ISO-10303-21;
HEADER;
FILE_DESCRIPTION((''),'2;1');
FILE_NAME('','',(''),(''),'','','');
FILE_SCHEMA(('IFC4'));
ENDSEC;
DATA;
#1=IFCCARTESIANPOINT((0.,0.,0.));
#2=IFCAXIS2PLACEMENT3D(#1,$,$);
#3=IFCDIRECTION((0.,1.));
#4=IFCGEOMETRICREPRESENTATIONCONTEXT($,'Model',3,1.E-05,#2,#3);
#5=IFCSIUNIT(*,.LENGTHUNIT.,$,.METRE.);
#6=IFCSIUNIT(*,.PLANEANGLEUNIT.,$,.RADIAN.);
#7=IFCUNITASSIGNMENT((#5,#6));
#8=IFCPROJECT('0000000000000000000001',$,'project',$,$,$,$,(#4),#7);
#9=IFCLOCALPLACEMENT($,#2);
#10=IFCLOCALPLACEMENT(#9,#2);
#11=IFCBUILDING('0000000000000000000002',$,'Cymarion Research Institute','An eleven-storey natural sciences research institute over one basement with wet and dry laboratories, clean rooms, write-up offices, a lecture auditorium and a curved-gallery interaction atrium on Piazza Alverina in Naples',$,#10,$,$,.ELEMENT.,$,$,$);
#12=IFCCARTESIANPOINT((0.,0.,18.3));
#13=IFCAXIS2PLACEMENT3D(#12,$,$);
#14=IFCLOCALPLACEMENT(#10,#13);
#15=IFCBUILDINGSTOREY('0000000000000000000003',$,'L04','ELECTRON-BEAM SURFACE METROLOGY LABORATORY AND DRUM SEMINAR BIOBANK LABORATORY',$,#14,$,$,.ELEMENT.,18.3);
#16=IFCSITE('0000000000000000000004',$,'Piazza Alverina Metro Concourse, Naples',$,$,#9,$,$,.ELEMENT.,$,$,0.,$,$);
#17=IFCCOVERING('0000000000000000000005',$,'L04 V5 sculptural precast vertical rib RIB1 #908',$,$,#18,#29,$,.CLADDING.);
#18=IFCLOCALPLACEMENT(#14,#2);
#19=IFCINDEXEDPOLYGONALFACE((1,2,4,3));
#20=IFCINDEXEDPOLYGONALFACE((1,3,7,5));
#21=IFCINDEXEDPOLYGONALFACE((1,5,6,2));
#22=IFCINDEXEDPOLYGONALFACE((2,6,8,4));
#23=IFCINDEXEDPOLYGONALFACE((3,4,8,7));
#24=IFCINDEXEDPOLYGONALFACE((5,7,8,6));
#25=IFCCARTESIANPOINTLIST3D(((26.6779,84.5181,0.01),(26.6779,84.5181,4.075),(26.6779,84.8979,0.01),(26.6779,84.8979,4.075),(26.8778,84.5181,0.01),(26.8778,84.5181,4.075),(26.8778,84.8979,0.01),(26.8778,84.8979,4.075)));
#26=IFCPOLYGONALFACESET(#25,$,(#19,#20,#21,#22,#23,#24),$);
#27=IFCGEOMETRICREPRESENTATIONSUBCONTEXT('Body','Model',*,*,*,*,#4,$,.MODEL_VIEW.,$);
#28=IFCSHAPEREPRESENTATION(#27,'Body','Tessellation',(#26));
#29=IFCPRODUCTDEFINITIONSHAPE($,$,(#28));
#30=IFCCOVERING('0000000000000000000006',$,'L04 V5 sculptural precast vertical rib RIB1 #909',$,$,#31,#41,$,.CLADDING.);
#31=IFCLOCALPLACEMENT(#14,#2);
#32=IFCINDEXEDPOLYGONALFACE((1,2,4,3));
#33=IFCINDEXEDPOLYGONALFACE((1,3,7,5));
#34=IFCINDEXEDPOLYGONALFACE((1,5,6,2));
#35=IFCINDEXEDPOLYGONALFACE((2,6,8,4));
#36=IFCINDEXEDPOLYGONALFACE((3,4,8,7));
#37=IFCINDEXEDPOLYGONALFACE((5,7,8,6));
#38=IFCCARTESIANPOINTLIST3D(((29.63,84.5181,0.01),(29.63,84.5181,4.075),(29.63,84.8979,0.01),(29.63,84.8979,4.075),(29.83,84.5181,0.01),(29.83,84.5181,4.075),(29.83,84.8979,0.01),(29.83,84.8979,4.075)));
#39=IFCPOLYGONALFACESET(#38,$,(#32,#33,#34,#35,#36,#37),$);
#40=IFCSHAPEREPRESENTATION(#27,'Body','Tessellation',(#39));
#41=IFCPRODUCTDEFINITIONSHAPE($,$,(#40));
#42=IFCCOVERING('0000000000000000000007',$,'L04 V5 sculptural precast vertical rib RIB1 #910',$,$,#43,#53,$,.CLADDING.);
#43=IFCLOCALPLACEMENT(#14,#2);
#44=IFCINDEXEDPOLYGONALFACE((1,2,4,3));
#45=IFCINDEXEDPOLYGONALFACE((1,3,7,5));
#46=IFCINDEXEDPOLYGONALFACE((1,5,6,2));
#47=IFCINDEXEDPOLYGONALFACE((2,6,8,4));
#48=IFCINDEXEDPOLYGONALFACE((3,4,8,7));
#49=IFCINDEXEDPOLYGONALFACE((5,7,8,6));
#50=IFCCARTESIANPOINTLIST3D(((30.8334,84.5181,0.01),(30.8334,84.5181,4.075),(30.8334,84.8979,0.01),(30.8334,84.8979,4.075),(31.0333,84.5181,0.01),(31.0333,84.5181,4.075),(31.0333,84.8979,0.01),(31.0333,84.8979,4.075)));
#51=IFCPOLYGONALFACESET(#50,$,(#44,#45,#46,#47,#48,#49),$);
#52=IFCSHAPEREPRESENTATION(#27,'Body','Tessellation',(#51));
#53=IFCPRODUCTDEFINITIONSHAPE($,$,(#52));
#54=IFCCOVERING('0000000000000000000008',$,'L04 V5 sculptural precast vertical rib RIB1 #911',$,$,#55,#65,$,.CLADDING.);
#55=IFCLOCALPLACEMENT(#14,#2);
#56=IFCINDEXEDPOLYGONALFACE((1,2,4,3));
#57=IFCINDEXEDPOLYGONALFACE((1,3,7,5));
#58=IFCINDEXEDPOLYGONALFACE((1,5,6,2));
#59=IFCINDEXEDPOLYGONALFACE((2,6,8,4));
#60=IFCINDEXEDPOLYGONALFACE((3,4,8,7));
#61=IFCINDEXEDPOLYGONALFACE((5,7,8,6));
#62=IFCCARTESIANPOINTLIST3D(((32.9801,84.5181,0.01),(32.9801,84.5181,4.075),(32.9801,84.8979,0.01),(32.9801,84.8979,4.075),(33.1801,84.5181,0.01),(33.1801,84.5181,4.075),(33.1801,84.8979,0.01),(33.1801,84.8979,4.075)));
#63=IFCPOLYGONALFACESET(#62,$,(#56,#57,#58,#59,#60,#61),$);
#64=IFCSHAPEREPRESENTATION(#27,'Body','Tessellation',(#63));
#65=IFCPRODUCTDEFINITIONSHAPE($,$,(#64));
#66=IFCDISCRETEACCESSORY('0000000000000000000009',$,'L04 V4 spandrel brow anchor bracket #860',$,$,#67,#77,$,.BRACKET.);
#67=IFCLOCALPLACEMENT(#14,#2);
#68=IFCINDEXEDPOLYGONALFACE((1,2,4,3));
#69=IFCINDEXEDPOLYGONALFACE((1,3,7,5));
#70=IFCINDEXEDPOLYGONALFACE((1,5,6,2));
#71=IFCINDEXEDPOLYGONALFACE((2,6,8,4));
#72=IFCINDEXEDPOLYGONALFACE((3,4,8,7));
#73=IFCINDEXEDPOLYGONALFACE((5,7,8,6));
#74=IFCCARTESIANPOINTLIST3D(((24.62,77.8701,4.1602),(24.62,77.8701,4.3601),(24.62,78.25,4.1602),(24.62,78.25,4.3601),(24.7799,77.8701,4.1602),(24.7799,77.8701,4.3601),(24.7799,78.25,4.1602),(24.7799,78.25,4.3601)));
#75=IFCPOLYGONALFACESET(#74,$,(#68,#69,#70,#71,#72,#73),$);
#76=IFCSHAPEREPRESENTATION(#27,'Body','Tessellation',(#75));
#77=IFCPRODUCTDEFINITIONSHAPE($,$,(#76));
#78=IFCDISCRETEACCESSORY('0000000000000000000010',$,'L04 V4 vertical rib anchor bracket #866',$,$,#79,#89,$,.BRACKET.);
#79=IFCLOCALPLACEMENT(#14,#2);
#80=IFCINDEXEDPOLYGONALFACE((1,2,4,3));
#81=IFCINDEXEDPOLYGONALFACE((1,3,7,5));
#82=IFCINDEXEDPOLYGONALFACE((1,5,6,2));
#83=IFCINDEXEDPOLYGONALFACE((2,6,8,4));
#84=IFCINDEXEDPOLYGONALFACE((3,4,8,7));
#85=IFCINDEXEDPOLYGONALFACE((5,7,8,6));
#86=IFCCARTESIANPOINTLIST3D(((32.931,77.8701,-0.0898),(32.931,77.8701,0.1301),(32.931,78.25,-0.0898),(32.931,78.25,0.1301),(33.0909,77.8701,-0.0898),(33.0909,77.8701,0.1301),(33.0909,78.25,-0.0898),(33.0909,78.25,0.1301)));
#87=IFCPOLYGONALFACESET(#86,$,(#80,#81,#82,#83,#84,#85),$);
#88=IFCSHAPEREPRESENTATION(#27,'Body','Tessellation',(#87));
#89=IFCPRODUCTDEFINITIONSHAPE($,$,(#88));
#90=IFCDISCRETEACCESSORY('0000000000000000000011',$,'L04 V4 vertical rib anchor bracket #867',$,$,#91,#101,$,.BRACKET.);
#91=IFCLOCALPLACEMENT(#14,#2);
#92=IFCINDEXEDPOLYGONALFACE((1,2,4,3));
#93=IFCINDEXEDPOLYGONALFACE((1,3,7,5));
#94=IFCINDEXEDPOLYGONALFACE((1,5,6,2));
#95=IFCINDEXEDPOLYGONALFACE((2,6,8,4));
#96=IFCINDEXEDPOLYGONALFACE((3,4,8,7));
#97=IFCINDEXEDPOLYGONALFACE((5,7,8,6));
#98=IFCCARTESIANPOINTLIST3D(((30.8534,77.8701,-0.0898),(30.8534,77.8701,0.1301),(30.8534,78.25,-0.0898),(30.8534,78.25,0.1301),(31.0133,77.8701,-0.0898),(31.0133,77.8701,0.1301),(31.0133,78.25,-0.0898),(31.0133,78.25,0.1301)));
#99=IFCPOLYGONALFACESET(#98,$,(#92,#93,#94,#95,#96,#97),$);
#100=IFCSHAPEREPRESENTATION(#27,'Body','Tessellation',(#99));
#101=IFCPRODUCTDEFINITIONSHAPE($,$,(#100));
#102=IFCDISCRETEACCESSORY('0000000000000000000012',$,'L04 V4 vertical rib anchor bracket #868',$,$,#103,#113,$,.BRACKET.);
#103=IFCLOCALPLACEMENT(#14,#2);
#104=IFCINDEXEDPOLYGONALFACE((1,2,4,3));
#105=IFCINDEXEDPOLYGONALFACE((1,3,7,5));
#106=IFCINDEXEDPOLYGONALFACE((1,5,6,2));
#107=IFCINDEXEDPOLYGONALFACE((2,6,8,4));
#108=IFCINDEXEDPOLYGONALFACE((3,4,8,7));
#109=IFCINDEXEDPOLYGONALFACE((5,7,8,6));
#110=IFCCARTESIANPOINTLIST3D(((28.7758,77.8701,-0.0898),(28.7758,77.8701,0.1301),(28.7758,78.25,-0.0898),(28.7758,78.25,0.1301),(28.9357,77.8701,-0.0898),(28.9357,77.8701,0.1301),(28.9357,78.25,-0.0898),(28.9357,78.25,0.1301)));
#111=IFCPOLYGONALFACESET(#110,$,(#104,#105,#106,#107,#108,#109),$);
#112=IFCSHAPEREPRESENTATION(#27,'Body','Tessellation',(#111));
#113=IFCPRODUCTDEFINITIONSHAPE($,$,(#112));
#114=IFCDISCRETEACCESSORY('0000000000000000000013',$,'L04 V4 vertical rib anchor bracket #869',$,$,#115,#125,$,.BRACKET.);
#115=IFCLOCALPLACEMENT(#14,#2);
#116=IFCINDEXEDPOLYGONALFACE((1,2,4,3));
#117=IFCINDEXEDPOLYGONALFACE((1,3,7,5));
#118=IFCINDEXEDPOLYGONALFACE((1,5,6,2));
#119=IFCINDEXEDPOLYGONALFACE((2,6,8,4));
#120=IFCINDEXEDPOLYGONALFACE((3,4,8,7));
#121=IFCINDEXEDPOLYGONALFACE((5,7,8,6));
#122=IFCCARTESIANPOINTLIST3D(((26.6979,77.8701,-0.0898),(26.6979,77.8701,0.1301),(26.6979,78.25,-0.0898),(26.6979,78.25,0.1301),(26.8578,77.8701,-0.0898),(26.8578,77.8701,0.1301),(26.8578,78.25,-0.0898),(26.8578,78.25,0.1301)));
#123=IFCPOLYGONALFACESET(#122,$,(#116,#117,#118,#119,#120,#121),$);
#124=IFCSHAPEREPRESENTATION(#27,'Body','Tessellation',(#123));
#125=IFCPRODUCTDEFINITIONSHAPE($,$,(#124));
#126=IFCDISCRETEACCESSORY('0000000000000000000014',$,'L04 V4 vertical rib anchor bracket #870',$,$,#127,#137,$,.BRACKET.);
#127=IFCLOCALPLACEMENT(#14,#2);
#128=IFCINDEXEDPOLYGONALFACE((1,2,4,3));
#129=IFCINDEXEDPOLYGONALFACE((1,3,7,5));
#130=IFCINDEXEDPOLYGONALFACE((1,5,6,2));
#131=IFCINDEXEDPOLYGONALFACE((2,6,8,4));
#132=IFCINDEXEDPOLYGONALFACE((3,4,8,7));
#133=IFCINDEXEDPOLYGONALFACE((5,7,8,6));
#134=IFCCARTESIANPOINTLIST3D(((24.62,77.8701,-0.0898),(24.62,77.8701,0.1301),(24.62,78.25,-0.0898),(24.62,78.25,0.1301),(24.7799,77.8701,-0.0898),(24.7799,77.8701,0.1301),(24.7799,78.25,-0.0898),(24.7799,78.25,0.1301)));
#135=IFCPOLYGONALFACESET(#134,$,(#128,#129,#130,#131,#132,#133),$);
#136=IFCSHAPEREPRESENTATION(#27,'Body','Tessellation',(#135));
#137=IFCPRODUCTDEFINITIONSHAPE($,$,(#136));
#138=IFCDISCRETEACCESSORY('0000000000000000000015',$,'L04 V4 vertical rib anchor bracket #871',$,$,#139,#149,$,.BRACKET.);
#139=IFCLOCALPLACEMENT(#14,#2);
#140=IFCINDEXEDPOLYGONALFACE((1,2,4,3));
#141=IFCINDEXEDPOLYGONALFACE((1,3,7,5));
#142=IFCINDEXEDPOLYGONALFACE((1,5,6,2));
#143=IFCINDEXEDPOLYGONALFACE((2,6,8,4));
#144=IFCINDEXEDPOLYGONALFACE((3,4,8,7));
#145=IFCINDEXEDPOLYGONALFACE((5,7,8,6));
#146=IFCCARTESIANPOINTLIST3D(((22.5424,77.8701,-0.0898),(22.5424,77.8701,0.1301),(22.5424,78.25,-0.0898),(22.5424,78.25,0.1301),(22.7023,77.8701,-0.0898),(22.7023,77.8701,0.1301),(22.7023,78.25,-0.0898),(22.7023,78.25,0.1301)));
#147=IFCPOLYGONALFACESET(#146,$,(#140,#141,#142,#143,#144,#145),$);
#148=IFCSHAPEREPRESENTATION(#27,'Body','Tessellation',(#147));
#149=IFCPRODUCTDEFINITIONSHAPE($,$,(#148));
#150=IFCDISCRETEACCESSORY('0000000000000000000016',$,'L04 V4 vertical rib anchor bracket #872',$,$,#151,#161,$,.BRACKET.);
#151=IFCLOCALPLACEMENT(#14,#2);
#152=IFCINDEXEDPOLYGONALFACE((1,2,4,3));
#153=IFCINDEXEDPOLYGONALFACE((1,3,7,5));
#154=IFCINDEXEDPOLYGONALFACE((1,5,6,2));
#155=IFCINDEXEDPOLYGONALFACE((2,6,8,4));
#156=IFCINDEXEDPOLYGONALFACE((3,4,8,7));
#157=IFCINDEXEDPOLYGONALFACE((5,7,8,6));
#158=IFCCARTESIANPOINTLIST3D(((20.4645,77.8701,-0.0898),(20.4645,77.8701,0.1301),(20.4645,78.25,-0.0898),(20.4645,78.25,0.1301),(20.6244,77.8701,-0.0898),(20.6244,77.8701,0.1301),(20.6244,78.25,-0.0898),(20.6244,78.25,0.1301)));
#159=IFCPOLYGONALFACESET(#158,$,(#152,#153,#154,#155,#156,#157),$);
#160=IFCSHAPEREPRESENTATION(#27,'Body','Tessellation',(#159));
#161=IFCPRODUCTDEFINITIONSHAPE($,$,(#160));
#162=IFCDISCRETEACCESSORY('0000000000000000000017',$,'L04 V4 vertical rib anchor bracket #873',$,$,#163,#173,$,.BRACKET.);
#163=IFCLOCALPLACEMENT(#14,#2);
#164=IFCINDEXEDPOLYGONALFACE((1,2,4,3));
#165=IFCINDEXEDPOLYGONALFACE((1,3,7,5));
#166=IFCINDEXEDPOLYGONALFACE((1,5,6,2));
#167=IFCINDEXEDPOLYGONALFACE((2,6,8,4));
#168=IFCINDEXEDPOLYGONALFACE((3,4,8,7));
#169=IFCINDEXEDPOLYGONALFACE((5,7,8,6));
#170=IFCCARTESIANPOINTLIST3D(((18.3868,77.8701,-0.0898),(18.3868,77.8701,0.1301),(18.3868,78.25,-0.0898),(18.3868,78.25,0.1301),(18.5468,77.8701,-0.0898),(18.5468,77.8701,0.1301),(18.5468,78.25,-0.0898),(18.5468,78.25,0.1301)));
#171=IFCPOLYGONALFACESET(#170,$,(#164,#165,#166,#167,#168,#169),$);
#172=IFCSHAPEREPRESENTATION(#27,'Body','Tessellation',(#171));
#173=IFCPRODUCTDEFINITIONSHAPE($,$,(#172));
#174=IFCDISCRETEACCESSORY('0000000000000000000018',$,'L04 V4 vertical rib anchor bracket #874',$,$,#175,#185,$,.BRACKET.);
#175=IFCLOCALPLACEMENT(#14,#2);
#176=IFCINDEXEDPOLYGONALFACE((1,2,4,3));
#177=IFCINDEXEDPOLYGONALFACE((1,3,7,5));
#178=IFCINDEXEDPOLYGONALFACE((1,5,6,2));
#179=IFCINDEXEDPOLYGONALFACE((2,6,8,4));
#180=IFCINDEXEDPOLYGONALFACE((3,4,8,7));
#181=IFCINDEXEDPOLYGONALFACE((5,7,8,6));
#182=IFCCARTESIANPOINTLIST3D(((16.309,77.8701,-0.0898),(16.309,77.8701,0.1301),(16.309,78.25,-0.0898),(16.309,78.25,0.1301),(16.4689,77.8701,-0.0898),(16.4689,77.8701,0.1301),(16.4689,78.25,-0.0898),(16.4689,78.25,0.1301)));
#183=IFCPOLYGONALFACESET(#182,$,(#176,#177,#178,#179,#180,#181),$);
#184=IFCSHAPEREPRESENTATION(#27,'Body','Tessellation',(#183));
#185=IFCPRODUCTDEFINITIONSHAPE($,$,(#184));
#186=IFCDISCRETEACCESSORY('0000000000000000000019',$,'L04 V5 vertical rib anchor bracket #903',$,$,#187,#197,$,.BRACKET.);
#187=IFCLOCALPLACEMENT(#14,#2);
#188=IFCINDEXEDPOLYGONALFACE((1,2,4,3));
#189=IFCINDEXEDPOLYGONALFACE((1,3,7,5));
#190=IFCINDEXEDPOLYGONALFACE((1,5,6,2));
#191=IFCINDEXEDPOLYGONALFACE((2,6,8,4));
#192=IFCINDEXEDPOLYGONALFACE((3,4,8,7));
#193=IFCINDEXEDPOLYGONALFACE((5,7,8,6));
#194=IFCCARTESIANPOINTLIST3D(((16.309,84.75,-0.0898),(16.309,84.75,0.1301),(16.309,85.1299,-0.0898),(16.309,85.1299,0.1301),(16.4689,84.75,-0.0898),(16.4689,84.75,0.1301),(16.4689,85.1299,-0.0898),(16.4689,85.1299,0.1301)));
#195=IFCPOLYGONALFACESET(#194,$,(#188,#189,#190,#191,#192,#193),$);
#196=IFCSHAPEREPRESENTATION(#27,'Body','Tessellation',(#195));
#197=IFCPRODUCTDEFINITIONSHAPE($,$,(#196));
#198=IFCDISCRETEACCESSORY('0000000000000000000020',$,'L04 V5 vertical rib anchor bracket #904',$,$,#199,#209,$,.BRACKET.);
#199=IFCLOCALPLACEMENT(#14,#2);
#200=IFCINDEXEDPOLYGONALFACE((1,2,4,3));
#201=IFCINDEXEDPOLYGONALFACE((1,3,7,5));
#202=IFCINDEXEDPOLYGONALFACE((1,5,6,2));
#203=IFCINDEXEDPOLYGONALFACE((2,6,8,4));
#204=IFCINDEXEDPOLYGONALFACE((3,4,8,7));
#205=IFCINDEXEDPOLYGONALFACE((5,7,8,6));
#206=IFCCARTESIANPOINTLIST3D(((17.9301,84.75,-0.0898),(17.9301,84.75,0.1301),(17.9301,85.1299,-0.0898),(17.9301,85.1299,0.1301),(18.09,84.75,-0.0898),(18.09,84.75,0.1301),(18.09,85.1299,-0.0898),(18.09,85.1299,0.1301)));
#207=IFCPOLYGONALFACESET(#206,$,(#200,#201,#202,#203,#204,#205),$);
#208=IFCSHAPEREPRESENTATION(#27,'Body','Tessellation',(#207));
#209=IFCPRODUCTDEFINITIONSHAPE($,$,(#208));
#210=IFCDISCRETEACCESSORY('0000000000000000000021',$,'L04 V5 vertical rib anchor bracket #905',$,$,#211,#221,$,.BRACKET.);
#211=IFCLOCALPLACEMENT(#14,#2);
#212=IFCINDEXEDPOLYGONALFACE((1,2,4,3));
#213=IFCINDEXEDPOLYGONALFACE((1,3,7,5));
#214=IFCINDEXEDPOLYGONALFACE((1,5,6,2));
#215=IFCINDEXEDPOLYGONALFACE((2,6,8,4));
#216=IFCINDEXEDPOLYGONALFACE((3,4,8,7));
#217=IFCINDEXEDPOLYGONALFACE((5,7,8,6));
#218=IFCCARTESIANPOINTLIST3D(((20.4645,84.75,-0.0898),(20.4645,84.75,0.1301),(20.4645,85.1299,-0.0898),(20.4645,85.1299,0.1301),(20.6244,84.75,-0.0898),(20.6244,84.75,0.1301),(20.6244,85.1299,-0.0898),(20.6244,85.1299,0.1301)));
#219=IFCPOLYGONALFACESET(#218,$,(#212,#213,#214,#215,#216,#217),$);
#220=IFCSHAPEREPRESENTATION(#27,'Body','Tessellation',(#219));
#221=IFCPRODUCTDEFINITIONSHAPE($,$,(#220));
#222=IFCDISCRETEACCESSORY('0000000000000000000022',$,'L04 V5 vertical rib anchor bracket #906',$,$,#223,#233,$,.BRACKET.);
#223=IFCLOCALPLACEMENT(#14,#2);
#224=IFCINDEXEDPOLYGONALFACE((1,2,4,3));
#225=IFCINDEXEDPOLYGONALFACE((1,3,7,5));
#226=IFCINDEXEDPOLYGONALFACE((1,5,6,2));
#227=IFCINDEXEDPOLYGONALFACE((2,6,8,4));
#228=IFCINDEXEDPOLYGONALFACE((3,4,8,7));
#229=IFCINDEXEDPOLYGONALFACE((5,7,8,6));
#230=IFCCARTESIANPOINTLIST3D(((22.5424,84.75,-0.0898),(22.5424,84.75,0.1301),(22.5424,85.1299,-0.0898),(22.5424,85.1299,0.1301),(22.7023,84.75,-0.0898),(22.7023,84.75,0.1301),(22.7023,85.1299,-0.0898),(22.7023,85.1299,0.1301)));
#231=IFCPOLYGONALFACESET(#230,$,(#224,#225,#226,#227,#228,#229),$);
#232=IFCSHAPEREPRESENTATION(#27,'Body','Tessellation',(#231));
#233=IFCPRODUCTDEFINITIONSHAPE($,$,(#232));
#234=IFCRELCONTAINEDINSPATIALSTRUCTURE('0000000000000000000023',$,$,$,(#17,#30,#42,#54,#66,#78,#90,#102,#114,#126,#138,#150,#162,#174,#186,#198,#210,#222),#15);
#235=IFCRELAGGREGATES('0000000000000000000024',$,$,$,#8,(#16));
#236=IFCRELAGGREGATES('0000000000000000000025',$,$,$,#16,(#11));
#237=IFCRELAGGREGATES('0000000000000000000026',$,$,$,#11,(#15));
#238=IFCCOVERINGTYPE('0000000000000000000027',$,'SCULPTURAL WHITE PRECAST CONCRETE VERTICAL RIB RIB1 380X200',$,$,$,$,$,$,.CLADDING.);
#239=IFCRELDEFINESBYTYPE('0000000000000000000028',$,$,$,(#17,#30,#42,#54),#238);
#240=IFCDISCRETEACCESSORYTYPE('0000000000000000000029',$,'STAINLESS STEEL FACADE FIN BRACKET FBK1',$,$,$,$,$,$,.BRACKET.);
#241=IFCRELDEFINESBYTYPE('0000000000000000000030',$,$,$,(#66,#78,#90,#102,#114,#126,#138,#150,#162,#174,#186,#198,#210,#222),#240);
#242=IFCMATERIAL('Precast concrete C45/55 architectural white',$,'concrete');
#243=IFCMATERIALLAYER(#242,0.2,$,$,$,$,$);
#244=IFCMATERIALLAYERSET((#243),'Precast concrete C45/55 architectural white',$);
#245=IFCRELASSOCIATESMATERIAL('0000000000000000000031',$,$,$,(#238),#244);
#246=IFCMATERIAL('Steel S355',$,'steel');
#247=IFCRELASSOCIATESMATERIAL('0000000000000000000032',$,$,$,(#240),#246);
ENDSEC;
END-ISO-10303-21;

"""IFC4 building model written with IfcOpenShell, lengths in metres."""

from ifc_helpers import new_model, si_unit, direction, frame, origin, origin_2d, place, context, subcontext, project, spatial, rectangle, extrude, material, layer, layer_set, type_object, element, save


model = new_model("IFC4")

# Units and contexts
model_context = context("Model", 3, precision=1e-05, world=origin(), true_north=direction((0.0, 1.0)))
body_context = subcontext(model_context, "Body", "Model", "MODEL_VIEW")
ifc_project = project(units=[si_unit("LENGTHUNIT", "METRE"), si_unit("PLANEANGLEUNIT", "RADIAN")], contexts=[model_context])

# Site, building, storey
site_placement = place(None, origin())
site = spatial("IfcSite", under=ifc_project, at=site_placement, Name="Piazza Alverina Metro Concourse, Naples", CompositionType="ELEMENT", RefElevation=0.0)
building_placement = place(site_placement, origin())
building = spatial("IfcBuilding", under=site, at=building_placement, Name="Cymarion Research Institute", Description="An eleven-storey natural sciences research institute over one basement with wet and dry laboratories, clean rooms, write-up offices, a lecture auditorium and a curved-gallery interaction atrium on Piazza Alverina in Naples", CompositionType="ELEMENT")
storey_placement = place(building_placement, frame((0.0, 0.0, 18.3)))
storey = spatial("IfcBuildingStorey", under=building, at=storey_placement, Name="L04", Description="ELECTRON-BEAM SURFACE METROLOGY LABORATORY AND DRUM SEMINAR BIOBANK LABORATORY", CompositionType="ELEMENT", Elevation=18.3)

# Coverings
ifc_material_1 = material(Name="Precast concrete C45/55 architectural white", Category="concrete")
ifc_layer_1 = layer(ifc_material_1, 0.2)
ifc_layer_set_1 = layer_set([ifc_layer_1], Name="Precast concrete C45/55 architectural white")
covering_type_1 = type_object("IfcCoveringType", Name="SCULPTURAL WHITE PRECAST CONCRETE VERTICAL RIB RIB1 380X200", PredefinedType="CLADDING", material=ifc_layer_set_1)
for number, where, z_axis, x_axis, name in (
    (1, (26.7778, 84.708, 0.01), (0.0, 0.0, 1.0), (0.0, -1.0, 0.0), "L04 V5 sculptural precast vertical rib RIB1 #908"),
    (2, (29.73, 84.708, 0.01), (0.0, 0.0, 1.0), (0.0, -1.0, 0.0), "L04 V5 sculptural precast vertical rib RIB1 #909"),
    (3, (30.9333, 84.708, 0.01), (0.0, 0.0, 1.0), (0.0, -1.0, 0.0), "L04 V5 sculptural precast vertical rib RIB1 #910"),
    (4, (33.0801, 84.708, 0.01), (0.0, 0.0, 1.0), (0.0, -1.0, 0.0), "L04 V5 sculptural precast vertical rib RIB1 #911"),
):
    element("IfcCovering", number, at=place(storey_placement, frame(where, z_axis=z_axis, x_axis=x_axis)), inside=storey, type_object=covering_type_1, Name=name, PredefinedType="CLADDING", context=body_context, shape_type="SweptSolid", body=[
        extrude(rectangle(XDim=0.3799, YDim=0.2, at=origin_2d()), origin(), (0.0, 0.0, 1.0), 4.0649),
    ])

# Discrete accessories
ifc_material_2 = material(Name="Steel S355", Category="steel")
discrete_accessory_type = type_object("IfcDiscreteAccessoryType", Name="STAINLESS STEEL FACADE FIN BRACKET FBK1", PredefinedType="BRACKET", material=ifc_material_2)
discrete_accessory_placement = place(storey_placement, frame((24.7, 78.0601, 4.1602), z_axis=(0.0, 0.0, 1.0), x_axis=(0.0, 1.0, 0.0)))
element("IfcDiscreteAccessory", 5, at=discrete_accessory_placement, inside=storey, type_object=discrete_accessory_type, Name="L04 V4 spandrel brow anchor bracket #860", PredefinedType="BRACKET", context=body_context, shape_type="SweptSolid", body=[
    extrude(rectangle(XDim=0.3799, YDim=0.1599, at=origin_2d()), origin(), (0.0, 0.0, 1.0), 0.2),
])
for number, where, z_axis, x_axis, name in (
    (6, (33.011, 78.0601, -0.0898), (0.0, 0.0, 1.0), (0.0, 1.0, 0.0), "L04 V4 vertical rib anchor bracket #866"),
    (7, (30.9333, 78.0601, -0.0898), (0.0, 0.0, 1.0), (0.0, 1.0, 0.0), "L04 V4 vertical rib anchor bracket #867"),
    (8, (28.8557, 78.0601, -0.0898), (0.0, 0.0, 1.0), (0.0, 1.0, 0.0), "L04 V4 vertical rib anchor bracket #868"),
    (9, (26.7778, 78.0601, -0.0898), (0.0, 0.0, 1.0), (0.0, 1.0, 0.0), "L04 V4 vertical rib anchor bracket #869"),
    (10, (24.7, 78.0601, -0.0898), (0.0, 0.0, 1.0), (0.0, 1.0, 0.0), "L04 V4 vertical rib anchor bracket #870"),
    (11, (22.6223, 78.0601, -0.0898), (0.0, 0.0, 1.0), (0.0, 1.0, 0.0), "L04 V4 vertical rib anchor bracket #871"),
    (12, (20.5444, 78.0601, -0.0898), (0.0, 0.0, 1.0), (0.0, 1.0, 0.0), "L04 V4 vertical rib anchor bracket #872"),
    (13, (18.4668, 78.0601, -0.0898), (0.0, 0.0, 1.0), (0.0, 1.0, 0.0), "L04 V4 vertical rib anchor bracket #873"),
    (14, (16.3889, 78.0601, -0.0898), (0.0, 0.0, 1.0), (0.0, 1.0, 0.0), "L04 V4 vertical rib anchor bracket #874"),
    (15, (16.3889, 84.9399, -0.0898), (0.0, 0.0, 1.0), (0.0, -1.0, 0.0), "L04 V5 vertical rib anchor bracket #903"),
    (16, (18.01, 84.9399, -0.0898), (0.0, 0.0, 1.0), (0.0, -1.0, 0.0), "L04 V5 vertical rib anchor bracket #904"),
    (17, (20.5444, 84.9399, -0.0898), (0.0, 0.0, 1.0), (0.0, -1.0, 0.0), "L04 V5 vertical rib anchor bracket #905"),
    (18, (22.6223, 84.9399, -0.0898), (0.0, 0.0, 1.0), (0.0, -1.0, 0.0), "L04 V5 vertical rib anchor bracket #906"),
):
    element("IfcDiscreteAccessory", number, at=place(storey_placement, frame(where, z_axis=z_axis, x_axis=x_axis)), inside=storey, type_object=discrete_accessory_type, Name=name, PredefinedType="BRACKET", context=body_context, shape_type="SweptSolid", body=[
        extrude(rectangle(XDim=0.3799, YDim=0.1599, at=origin_2d()), origin(), (0.0, 0.0, 1.0), 0.22),
    ])

save(model, "model.ifc")
